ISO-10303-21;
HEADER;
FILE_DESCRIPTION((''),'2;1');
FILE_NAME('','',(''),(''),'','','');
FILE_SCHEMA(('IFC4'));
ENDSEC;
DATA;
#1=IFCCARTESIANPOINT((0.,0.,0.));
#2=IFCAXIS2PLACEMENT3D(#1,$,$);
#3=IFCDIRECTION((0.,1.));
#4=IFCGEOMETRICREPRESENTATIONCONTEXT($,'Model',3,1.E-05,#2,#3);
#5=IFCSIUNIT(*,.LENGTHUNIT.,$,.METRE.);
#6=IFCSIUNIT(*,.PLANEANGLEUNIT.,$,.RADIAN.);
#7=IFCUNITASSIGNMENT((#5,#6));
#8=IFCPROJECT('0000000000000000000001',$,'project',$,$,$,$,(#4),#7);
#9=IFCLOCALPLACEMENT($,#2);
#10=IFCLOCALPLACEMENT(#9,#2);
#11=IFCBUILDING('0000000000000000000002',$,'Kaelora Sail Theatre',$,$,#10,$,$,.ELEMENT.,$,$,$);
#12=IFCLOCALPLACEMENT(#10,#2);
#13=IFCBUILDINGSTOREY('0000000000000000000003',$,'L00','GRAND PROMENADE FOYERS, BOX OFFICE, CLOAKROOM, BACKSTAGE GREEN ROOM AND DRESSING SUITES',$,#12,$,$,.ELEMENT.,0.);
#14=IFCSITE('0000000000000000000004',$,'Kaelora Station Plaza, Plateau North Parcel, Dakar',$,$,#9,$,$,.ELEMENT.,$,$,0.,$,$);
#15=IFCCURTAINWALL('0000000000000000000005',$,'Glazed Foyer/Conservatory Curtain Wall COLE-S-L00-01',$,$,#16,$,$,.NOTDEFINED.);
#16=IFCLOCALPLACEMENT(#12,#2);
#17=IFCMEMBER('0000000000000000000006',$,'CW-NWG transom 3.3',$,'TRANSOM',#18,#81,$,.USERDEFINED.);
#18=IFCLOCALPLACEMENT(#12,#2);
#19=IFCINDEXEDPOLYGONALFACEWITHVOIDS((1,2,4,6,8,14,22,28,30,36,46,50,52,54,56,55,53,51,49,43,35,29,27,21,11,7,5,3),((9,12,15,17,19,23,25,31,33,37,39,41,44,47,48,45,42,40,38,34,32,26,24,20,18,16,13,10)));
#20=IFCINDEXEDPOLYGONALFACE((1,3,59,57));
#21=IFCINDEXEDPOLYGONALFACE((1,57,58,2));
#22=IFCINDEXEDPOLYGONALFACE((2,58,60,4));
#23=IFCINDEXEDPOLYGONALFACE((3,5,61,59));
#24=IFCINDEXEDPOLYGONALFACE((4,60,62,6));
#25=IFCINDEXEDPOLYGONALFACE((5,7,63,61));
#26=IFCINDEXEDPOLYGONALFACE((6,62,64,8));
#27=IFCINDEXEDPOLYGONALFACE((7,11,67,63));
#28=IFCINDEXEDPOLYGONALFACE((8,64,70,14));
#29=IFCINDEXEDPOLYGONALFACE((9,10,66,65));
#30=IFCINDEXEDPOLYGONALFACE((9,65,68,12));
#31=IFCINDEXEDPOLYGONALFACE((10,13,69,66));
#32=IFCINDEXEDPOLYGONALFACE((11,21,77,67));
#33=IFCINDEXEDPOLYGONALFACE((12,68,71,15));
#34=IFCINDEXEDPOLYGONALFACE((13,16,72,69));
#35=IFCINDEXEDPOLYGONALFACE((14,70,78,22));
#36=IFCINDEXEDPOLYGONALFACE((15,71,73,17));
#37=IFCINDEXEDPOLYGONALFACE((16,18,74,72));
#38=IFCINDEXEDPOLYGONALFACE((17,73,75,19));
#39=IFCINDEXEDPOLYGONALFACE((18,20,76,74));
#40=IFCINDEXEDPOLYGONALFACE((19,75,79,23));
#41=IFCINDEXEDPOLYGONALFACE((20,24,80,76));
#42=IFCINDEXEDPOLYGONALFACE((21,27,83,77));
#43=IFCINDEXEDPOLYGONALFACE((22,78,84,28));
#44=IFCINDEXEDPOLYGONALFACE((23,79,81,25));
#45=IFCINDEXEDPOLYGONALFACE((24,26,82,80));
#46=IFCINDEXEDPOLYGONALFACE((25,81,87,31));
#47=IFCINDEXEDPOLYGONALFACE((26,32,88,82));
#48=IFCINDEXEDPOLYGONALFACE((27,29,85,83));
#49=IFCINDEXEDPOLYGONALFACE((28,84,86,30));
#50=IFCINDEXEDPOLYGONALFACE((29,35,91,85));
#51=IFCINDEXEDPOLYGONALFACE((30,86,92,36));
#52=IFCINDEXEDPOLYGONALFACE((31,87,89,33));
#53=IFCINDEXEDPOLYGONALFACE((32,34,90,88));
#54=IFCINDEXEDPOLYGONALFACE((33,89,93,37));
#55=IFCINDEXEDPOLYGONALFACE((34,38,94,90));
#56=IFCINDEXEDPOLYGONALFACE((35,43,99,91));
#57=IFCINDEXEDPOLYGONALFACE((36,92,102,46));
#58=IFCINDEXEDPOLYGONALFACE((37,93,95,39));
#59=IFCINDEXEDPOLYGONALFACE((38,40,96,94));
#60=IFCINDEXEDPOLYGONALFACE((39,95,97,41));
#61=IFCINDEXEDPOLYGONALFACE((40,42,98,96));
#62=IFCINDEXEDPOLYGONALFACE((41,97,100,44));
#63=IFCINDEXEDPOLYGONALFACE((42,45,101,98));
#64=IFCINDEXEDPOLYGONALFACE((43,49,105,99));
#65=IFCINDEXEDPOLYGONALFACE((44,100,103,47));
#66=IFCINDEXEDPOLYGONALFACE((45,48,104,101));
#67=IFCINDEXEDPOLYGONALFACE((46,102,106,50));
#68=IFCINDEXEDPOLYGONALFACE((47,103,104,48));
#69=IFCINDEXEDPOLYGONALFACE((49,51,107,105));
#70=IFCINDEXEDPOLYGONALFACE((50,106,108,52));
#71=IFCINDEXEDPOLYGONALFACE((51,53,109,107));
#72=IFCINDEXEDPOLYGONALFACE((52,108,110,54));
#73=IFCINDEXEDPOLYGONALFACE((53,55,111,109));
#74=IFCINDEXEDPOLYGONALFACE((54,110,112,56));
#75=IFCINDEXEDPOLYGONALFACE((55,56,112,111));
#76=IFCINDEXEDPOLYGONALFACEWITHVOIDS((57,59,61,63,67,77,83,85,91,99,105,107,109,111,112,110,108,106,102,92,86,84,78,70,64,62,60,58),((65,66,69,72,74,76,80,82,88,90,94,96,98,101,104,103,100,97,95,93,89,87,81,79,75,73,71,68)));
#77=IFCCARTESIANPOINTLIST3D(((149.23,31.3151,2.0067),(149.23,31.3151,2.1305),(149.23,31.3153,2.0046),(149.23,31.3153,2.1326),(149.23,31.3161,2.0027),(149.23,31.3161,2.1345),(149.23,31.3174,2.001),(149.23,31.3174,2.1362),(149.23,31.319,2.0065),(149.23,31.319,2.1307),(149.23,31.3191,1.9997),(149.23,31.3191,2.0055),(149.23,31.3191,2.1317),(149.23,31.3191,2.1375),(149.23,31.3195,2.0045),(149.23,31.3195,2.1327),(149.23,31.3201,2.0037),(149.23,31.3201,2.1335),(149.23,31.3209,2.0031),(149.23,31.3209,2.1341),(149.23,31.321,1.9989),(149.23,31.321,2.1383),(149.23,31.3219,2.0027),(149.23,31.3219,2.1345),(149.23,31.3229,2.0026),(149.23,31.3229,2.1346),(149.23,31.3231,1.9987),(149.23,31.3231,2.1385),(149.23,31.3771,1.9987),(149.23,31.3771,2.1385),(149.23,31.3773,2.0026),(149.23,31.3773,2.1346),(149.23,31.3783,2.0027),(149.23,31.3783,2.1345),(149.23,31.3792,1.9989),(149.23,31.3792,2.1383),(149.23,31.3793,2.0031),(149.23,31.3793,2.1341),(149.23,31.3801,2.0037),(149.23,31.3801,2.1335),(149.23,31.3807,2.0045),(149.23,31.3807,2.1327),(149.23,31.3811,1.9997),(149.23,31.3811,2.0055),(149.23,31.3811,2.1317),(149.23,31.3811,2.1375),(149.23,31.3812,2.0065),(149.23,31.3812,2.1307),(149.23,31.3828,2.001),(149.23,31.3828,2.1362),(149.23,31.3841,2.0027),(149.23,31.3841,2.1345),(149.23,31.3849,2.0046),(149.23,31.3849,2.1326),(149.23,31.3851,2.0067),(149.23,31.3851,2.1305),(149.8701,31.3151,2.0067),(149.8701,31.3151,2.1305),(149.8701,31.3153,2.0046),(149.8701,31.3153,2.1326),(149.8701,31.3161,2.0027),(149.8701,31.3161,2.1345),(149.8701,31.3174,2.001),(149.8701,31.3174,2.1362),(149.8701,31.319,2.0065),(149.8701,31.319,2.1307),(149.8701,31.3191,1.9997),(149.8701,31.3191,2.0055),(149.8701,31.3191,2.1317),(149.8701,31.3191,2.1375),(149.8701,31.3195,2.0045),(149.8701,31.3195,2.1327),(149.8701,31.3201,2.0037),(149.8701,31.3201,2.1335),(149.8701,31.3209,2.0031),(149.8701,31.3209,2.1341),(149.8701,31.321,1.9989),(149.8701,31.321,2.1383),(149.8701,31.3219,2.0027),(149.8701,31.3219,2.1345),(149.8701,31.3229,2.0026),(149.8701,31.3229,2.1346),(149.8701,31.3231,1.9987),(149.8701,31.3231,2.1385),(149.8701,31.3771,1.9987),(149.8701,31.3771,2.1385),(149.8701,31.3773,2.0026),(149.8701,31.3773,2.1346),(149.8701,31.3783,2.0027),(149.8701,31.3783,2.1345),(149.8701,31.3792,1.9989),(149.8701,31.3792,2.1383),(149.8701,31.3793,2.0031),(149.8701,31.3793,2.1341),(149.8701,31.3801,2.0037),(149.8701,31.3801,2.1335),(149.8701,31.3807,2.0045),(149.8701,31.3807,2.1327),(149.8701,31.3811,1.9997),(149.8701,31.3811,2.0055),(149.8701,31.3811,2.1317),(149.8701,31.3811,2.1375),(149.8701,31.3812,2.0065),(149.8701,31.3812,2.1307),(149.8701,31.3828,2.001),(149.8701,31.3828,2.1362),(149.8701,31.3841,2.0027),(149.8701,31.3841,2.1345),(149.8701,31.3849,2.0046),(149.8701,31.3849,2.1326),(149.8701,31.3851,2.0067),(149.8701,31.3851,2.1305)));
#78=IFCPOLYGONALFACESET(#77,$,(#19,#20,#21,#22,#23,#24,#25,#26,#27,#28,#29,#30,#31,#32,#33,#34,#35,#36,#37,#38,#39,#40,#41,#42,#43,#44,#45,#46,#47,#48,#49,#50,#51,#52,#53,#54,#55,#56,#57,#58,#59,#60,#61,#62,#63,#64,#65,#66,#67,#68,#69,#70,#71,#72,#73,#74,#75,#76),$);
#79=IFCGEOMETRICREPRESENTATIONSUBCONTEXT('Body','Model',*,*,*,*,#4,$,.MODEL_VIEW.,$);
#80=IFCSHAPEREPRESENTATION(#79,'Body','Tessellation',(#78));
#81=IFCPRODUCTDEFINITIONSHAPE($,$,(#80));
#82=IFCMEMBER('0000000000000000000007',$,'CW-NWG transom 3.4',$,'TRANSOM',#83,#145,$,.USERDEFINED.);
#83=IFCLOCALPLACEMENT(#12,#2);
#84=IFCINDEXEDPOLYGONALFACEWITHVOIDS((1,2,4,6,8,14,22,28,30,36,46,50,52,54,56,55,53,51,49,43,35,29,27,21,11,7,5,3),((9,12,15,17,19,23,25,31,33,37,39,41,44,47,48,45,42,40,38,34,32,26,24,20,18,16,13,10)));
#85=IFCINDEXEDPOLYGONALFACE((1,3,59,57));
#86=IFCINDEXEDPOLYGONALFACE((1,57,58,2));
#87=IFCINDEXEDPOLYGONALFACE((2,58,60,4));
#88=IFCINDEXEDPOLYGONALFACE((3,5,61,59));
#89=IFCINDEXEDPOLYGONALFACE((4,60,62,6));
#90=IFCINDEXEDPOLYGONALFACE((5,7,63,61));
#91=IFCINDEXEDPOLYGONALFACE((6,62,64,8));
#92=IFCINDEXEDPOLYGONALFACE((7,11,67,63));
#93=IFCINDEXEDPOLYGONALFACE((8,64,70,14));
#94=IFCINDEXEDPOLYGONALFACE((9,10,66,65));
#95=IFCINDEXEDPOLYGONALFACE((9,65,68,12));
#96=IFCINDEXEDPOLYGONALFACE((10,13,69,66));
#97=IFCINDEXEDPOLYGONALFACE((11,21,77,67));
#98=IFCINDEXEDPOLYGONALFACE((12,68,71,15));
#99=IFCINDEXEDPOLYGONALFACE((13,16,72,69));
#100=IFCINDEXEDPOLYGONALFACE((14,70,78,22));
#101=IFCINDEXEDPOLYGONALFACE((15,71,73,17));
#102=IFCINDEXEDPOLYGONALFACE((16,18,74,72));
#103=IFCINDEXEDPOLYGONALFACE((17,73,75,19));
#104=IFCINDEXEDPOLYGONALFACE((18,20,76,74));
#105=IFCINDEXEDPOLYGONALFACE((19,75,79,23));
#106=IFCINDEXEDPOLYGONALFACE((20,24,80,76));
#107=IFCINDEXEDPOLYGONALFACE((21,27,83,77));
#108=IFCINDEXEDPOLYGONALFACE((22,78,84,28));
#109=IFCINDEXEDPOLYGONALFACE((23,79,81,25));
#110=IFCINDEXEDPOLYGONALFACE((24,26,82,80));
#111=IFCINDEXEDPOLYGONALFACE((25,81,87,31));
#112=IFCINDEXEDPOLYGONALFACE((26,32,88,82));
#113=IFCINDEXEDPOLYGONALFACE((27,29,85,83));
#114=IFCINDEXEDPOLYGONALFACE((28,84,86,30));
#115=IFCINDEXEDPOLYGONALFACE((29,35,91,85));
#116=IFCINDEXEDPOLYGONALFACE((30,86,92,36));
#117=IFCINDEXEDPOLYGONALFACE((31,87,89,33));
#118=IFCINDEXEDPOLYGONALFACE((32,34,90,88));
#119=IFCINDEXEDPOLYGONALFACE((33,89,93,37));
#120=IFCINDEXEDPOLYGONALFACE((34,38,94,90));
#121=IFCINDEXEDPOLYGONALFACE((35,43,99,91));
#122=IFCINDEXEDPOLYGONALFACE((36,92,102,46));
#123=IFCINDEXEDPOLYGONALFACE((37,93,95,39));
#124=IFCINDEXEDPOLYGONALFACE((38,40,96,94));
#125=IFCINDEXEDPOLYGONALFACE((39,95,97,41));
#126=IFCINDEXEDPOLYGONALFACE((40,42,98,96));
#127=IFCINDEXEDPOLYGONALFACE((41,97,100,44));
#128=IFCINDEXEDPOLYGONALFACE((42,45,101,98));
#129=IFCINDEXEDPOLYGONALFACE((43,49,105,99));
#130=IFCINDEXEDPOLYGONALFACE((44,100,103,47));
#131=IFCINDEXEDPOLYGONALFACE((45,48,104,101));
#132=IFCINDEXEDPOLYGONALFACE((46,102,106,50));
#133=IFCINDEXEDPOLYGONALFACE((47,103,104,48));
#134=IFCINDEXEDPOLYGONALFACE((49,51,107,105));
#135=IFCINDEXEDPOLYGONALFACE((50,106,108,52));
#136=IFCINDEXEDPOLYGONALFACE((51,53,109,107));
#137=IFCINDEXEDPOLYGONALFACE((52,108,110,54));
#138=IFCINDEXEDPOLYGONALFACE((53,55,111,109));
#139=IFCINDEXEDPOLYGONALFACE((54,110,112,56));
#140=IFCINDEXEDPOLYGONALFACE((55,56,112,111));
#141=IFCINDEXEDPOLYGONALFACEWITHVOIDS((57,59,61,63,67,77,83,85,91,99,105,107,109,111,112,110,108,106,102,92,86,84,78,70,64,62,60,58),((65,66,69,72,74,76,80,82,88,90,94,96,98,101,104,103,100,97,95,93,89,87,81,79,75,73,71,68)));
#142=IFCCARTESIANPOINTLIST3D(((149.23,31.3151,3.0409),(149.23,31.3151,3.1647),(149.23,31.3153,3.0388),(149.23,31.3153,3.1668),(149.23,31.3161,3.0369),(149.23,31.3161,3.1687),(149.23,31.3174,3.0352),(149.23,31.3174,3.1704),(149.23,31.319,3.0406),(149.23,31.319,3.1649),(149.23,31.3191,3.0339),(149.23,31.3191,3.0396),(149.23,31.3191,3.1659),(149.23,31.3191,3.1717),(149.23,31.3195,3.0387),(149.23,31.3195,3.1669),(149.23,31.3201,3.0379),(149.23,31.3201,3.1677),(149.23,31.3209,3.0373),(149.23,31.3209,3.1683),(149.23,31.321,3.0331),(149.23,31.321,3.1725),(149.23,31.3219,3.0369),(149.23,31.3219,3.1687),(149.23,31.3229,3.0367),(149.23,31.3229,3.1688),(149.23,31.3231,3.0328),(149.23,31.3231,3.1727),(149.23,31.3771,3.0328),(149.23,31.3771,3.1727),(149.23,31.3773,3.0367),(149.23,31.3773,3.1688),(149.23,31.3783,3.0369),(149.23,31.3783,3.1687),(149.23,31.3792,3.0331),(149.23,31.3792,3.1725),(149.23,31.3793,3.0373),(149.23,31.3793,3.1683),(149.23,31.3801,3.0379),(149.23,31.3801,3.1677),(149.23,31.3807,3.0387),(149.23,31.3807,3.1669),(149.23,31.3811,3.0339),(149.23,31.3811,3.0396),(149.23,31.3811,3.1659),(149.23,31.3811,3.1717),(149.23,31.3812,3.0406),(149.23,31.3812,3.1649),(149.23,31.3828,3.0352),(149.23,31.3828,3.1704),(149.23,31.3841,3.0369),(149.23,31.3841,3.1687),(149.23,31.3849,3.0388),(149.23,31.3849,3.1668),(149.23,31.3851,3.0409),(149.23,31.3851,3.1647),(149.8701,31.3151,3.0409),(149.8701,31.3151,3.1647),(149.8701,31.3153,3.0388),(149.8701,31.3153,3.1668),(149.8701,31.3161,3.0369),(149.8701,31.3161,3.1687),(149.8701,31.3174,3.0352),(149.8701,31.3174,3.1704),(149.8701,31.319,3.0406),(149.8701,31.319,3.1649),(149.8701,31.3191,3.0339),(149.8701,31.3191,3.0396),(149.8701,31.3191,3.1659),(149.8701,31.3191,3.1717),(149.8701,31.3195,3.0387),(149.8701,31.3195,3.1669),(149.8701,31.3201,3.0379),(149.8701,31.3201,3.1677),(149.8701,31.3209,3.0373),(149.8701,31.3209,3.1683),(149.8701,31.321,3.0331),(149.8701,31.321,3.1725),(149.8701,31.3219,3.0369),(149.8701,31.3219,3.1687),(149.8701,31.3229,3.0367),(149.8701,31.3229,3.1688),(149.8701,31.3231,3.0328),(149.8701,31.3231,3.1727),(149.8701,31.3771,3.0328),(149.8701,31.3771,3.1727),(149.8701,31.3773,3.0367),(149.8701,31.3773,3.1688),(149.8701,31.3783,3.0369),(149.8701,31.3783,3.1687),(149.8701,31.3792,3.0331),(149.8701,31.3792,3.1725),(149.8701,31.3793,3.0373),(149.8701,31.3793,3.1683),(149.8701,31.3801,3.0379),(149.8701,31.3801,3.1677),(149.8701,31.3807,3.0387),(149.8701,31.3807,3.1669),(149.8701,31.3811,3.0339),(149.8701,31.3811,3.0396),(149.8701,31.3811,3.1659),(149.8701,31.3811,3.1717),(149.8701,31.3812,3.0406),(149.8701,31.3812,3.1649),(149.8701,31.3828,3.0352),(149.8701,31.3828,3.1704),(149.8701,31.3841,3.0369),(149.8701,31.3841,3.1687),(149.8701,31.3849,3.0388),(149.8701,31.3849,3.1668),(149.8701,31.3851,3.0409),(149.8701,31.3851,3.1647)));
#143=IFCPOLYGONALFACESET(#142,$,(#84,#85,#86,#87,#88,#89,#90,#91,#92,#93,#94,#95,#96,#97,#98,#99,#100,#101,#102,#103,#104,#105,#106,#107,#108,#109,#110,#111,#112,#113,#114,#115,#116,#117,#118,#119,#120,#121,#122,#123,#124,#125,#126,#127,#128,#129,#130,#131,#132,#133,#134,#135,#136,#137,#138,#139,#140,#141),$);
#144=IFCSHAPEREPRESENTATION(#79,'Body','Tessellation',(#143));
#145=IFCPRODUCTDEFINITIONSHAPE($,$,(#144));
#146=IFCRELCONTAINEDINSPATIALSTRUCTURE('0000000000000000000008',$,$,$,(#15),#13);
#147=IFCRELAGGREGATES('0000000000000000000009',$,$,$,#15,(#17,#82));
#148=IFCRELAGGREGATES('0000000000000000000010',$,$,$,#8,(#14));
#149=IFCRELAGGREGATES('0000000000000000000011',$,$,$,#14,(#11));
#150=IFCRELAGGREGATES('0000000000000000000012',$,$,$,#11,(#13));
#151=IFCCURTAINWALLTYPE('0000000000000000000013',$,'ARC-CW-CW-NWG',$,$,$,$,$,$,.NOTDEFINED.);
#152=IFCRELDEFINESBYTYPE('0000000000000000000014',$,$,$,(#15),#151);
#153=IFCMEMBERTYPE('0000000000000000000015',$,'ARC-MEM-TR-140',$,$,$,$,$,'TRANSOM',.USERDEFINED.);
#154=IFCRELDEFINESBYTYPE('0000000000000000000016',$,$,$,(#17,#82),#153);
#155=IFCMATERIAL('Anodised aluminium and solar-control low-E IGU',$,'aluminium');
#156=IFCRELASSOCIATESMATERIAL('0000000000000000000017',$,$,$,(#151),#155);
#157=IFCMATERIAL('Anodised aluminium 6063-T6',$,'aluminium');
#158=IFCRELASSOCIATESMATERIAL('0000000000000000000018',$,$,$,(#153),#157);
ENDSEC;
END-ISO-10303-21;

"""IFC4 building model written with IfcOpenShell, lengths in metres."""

from ifc_helpers import new_model, si_unit, direction, frame, origin, origin_2d, place, context, subcontext, project, spatial, hollow_rectangle, extrude, material, material_profile, profile_set, type_object, element, aggregate, save


model = new_model("IFC4")

# Units and contexts
model_context = context("Model", 3, precision=1e-05, world=origin(), true_north=direction((0.0, 1.0)))
body_context = subcontext(model_context, "Body", "Model", "MODEL_VIEW")
ifc_project = project(units=[si_unit("LENGTHUNIT", "METRE"), si_unit("PLANEANGLEUNIT", "RADIAN")], contexts=[model_context])

# Site, building, storey
site_placement = place(None, origin())
site = spatial("IfcSite", under=ifc_project, at=site_placement, Name="Kaelora Station Plaza, Plateau North Parcel, Dakar", CompositionType="ELEMENT", RefElevation=0.0)
building_placement = place(site_placement, origin())
building = spatial("IfcBuilding", under=site, at=building_placement, Name="Kaelora Sail Theatre", CompositionType="ELEMENT")
storey_placement = place(building_placement, origin())
storey = spatial("IfcBuildingStorey", under=building, at=storey_placement, Name="L00", Description="GRAND PROMENADE FOYERS, BOX OFFICE, CLOAKROOM, BACKSTAGE GREEN ROOM AND DRESSING SUITES", CompositionType="ELEMENT", Elevation=0.0)

# Curtain wall, members
ifc_material_1 = material(Name="Anodised aluminium and solar-control low-E IGU", Category="aluminium")
curtain_wall_type = type_object("IfcCurtainWallType", Name="ARC-CW-CW-NWG", PredefinedType="NOTDEFINED", material=ifc_material_1)
curtain_wall_placement = place(storey_placement, origin())
curtain_wall = element("IfcCurtainWall", 1, at=curtain_wall_placement, inside=storey, type_object=curtain_wall_type, Name="Glazed Foyer/Conservatory Curtain Wall COLE-S-L00-01", PredefinedType="NOTDEFINED")
ifc_material_2 = material(Name="Anodised aluminium 6063-T6", Category="aluminium")
ifc_material_profile_1 = material_profile(ifc_material_2, hollow_rectangle(XDim=0.0701, YDim=0.1399, WallThickness=0.0039, InnerFilletRadius=0.0039, OuterFilletRadius=0.0081, at=origin_2d()), Name="ALU-TRAN 70x140x4")
ifc_profile_set_1 = profile_set([ifc_material_profile_1], Name="Anodised aluminium 6063-T6")
member_type_1 = type_object("IfcMemberType", Name="ARC-MEM-TR-140", ElementType="TRANSOM", PredefinedType="USERDEFINED", material=ifc_profile_set_1)
member_1_placement = place(storey_placement, frame((149.23, 31.3501, 2.0686), z_axis=(1.0, 0.0, 0.0), x_axis=(0.0, 1.0, 0.0)))
member_1 = element("IfcMember", 2, at=member_1_placement, type_object=member_type_1, Name="CW-NWG transom 3.3", ObjectType="TRANSOM", PredefinedType="USERDEFINED", context=body_context, shape_type="SweptSolid", body=[
    extrude(hollow_rectangle(XDim=0.0701, YDim=0.1399, WallThickness=0.0039, InnerFilletRadius=0.0039, OuterFilletRadius=0.0081, at=origin_2d()), origin(), (0.0, 0.0, 1.0), 0.6401),
])
member_2_placement = place(storey_placement, frame((149.23, 31.3501, 3.1028), z_axis=(1.0, 0.0, 0.0), x_axis=(0.0, 1.0, 0.0)))
member_2 = element("IfcMember", 3, at=member_2_placement, type_object=member_type_1, Name="CW-NWG transom 3.4", ObjectType="TRANSOM", PredefinedType="USERDEFINED", context=body_context, shape_type="SweptSolid", body=[
    extrude(hollow_rectangle(XDim=0.0701, YDim=0.1399, WallThickness=0.0039, InnerFilletRadius=0.0039, OuterFilletRadius=0.0081, at=origin_2d()), origin(), (0.0, 0.0, 1.0), 0.6401),
])
aggregate(curtain_wall, [member_1, member_2])

save(model, "model.ifc")
